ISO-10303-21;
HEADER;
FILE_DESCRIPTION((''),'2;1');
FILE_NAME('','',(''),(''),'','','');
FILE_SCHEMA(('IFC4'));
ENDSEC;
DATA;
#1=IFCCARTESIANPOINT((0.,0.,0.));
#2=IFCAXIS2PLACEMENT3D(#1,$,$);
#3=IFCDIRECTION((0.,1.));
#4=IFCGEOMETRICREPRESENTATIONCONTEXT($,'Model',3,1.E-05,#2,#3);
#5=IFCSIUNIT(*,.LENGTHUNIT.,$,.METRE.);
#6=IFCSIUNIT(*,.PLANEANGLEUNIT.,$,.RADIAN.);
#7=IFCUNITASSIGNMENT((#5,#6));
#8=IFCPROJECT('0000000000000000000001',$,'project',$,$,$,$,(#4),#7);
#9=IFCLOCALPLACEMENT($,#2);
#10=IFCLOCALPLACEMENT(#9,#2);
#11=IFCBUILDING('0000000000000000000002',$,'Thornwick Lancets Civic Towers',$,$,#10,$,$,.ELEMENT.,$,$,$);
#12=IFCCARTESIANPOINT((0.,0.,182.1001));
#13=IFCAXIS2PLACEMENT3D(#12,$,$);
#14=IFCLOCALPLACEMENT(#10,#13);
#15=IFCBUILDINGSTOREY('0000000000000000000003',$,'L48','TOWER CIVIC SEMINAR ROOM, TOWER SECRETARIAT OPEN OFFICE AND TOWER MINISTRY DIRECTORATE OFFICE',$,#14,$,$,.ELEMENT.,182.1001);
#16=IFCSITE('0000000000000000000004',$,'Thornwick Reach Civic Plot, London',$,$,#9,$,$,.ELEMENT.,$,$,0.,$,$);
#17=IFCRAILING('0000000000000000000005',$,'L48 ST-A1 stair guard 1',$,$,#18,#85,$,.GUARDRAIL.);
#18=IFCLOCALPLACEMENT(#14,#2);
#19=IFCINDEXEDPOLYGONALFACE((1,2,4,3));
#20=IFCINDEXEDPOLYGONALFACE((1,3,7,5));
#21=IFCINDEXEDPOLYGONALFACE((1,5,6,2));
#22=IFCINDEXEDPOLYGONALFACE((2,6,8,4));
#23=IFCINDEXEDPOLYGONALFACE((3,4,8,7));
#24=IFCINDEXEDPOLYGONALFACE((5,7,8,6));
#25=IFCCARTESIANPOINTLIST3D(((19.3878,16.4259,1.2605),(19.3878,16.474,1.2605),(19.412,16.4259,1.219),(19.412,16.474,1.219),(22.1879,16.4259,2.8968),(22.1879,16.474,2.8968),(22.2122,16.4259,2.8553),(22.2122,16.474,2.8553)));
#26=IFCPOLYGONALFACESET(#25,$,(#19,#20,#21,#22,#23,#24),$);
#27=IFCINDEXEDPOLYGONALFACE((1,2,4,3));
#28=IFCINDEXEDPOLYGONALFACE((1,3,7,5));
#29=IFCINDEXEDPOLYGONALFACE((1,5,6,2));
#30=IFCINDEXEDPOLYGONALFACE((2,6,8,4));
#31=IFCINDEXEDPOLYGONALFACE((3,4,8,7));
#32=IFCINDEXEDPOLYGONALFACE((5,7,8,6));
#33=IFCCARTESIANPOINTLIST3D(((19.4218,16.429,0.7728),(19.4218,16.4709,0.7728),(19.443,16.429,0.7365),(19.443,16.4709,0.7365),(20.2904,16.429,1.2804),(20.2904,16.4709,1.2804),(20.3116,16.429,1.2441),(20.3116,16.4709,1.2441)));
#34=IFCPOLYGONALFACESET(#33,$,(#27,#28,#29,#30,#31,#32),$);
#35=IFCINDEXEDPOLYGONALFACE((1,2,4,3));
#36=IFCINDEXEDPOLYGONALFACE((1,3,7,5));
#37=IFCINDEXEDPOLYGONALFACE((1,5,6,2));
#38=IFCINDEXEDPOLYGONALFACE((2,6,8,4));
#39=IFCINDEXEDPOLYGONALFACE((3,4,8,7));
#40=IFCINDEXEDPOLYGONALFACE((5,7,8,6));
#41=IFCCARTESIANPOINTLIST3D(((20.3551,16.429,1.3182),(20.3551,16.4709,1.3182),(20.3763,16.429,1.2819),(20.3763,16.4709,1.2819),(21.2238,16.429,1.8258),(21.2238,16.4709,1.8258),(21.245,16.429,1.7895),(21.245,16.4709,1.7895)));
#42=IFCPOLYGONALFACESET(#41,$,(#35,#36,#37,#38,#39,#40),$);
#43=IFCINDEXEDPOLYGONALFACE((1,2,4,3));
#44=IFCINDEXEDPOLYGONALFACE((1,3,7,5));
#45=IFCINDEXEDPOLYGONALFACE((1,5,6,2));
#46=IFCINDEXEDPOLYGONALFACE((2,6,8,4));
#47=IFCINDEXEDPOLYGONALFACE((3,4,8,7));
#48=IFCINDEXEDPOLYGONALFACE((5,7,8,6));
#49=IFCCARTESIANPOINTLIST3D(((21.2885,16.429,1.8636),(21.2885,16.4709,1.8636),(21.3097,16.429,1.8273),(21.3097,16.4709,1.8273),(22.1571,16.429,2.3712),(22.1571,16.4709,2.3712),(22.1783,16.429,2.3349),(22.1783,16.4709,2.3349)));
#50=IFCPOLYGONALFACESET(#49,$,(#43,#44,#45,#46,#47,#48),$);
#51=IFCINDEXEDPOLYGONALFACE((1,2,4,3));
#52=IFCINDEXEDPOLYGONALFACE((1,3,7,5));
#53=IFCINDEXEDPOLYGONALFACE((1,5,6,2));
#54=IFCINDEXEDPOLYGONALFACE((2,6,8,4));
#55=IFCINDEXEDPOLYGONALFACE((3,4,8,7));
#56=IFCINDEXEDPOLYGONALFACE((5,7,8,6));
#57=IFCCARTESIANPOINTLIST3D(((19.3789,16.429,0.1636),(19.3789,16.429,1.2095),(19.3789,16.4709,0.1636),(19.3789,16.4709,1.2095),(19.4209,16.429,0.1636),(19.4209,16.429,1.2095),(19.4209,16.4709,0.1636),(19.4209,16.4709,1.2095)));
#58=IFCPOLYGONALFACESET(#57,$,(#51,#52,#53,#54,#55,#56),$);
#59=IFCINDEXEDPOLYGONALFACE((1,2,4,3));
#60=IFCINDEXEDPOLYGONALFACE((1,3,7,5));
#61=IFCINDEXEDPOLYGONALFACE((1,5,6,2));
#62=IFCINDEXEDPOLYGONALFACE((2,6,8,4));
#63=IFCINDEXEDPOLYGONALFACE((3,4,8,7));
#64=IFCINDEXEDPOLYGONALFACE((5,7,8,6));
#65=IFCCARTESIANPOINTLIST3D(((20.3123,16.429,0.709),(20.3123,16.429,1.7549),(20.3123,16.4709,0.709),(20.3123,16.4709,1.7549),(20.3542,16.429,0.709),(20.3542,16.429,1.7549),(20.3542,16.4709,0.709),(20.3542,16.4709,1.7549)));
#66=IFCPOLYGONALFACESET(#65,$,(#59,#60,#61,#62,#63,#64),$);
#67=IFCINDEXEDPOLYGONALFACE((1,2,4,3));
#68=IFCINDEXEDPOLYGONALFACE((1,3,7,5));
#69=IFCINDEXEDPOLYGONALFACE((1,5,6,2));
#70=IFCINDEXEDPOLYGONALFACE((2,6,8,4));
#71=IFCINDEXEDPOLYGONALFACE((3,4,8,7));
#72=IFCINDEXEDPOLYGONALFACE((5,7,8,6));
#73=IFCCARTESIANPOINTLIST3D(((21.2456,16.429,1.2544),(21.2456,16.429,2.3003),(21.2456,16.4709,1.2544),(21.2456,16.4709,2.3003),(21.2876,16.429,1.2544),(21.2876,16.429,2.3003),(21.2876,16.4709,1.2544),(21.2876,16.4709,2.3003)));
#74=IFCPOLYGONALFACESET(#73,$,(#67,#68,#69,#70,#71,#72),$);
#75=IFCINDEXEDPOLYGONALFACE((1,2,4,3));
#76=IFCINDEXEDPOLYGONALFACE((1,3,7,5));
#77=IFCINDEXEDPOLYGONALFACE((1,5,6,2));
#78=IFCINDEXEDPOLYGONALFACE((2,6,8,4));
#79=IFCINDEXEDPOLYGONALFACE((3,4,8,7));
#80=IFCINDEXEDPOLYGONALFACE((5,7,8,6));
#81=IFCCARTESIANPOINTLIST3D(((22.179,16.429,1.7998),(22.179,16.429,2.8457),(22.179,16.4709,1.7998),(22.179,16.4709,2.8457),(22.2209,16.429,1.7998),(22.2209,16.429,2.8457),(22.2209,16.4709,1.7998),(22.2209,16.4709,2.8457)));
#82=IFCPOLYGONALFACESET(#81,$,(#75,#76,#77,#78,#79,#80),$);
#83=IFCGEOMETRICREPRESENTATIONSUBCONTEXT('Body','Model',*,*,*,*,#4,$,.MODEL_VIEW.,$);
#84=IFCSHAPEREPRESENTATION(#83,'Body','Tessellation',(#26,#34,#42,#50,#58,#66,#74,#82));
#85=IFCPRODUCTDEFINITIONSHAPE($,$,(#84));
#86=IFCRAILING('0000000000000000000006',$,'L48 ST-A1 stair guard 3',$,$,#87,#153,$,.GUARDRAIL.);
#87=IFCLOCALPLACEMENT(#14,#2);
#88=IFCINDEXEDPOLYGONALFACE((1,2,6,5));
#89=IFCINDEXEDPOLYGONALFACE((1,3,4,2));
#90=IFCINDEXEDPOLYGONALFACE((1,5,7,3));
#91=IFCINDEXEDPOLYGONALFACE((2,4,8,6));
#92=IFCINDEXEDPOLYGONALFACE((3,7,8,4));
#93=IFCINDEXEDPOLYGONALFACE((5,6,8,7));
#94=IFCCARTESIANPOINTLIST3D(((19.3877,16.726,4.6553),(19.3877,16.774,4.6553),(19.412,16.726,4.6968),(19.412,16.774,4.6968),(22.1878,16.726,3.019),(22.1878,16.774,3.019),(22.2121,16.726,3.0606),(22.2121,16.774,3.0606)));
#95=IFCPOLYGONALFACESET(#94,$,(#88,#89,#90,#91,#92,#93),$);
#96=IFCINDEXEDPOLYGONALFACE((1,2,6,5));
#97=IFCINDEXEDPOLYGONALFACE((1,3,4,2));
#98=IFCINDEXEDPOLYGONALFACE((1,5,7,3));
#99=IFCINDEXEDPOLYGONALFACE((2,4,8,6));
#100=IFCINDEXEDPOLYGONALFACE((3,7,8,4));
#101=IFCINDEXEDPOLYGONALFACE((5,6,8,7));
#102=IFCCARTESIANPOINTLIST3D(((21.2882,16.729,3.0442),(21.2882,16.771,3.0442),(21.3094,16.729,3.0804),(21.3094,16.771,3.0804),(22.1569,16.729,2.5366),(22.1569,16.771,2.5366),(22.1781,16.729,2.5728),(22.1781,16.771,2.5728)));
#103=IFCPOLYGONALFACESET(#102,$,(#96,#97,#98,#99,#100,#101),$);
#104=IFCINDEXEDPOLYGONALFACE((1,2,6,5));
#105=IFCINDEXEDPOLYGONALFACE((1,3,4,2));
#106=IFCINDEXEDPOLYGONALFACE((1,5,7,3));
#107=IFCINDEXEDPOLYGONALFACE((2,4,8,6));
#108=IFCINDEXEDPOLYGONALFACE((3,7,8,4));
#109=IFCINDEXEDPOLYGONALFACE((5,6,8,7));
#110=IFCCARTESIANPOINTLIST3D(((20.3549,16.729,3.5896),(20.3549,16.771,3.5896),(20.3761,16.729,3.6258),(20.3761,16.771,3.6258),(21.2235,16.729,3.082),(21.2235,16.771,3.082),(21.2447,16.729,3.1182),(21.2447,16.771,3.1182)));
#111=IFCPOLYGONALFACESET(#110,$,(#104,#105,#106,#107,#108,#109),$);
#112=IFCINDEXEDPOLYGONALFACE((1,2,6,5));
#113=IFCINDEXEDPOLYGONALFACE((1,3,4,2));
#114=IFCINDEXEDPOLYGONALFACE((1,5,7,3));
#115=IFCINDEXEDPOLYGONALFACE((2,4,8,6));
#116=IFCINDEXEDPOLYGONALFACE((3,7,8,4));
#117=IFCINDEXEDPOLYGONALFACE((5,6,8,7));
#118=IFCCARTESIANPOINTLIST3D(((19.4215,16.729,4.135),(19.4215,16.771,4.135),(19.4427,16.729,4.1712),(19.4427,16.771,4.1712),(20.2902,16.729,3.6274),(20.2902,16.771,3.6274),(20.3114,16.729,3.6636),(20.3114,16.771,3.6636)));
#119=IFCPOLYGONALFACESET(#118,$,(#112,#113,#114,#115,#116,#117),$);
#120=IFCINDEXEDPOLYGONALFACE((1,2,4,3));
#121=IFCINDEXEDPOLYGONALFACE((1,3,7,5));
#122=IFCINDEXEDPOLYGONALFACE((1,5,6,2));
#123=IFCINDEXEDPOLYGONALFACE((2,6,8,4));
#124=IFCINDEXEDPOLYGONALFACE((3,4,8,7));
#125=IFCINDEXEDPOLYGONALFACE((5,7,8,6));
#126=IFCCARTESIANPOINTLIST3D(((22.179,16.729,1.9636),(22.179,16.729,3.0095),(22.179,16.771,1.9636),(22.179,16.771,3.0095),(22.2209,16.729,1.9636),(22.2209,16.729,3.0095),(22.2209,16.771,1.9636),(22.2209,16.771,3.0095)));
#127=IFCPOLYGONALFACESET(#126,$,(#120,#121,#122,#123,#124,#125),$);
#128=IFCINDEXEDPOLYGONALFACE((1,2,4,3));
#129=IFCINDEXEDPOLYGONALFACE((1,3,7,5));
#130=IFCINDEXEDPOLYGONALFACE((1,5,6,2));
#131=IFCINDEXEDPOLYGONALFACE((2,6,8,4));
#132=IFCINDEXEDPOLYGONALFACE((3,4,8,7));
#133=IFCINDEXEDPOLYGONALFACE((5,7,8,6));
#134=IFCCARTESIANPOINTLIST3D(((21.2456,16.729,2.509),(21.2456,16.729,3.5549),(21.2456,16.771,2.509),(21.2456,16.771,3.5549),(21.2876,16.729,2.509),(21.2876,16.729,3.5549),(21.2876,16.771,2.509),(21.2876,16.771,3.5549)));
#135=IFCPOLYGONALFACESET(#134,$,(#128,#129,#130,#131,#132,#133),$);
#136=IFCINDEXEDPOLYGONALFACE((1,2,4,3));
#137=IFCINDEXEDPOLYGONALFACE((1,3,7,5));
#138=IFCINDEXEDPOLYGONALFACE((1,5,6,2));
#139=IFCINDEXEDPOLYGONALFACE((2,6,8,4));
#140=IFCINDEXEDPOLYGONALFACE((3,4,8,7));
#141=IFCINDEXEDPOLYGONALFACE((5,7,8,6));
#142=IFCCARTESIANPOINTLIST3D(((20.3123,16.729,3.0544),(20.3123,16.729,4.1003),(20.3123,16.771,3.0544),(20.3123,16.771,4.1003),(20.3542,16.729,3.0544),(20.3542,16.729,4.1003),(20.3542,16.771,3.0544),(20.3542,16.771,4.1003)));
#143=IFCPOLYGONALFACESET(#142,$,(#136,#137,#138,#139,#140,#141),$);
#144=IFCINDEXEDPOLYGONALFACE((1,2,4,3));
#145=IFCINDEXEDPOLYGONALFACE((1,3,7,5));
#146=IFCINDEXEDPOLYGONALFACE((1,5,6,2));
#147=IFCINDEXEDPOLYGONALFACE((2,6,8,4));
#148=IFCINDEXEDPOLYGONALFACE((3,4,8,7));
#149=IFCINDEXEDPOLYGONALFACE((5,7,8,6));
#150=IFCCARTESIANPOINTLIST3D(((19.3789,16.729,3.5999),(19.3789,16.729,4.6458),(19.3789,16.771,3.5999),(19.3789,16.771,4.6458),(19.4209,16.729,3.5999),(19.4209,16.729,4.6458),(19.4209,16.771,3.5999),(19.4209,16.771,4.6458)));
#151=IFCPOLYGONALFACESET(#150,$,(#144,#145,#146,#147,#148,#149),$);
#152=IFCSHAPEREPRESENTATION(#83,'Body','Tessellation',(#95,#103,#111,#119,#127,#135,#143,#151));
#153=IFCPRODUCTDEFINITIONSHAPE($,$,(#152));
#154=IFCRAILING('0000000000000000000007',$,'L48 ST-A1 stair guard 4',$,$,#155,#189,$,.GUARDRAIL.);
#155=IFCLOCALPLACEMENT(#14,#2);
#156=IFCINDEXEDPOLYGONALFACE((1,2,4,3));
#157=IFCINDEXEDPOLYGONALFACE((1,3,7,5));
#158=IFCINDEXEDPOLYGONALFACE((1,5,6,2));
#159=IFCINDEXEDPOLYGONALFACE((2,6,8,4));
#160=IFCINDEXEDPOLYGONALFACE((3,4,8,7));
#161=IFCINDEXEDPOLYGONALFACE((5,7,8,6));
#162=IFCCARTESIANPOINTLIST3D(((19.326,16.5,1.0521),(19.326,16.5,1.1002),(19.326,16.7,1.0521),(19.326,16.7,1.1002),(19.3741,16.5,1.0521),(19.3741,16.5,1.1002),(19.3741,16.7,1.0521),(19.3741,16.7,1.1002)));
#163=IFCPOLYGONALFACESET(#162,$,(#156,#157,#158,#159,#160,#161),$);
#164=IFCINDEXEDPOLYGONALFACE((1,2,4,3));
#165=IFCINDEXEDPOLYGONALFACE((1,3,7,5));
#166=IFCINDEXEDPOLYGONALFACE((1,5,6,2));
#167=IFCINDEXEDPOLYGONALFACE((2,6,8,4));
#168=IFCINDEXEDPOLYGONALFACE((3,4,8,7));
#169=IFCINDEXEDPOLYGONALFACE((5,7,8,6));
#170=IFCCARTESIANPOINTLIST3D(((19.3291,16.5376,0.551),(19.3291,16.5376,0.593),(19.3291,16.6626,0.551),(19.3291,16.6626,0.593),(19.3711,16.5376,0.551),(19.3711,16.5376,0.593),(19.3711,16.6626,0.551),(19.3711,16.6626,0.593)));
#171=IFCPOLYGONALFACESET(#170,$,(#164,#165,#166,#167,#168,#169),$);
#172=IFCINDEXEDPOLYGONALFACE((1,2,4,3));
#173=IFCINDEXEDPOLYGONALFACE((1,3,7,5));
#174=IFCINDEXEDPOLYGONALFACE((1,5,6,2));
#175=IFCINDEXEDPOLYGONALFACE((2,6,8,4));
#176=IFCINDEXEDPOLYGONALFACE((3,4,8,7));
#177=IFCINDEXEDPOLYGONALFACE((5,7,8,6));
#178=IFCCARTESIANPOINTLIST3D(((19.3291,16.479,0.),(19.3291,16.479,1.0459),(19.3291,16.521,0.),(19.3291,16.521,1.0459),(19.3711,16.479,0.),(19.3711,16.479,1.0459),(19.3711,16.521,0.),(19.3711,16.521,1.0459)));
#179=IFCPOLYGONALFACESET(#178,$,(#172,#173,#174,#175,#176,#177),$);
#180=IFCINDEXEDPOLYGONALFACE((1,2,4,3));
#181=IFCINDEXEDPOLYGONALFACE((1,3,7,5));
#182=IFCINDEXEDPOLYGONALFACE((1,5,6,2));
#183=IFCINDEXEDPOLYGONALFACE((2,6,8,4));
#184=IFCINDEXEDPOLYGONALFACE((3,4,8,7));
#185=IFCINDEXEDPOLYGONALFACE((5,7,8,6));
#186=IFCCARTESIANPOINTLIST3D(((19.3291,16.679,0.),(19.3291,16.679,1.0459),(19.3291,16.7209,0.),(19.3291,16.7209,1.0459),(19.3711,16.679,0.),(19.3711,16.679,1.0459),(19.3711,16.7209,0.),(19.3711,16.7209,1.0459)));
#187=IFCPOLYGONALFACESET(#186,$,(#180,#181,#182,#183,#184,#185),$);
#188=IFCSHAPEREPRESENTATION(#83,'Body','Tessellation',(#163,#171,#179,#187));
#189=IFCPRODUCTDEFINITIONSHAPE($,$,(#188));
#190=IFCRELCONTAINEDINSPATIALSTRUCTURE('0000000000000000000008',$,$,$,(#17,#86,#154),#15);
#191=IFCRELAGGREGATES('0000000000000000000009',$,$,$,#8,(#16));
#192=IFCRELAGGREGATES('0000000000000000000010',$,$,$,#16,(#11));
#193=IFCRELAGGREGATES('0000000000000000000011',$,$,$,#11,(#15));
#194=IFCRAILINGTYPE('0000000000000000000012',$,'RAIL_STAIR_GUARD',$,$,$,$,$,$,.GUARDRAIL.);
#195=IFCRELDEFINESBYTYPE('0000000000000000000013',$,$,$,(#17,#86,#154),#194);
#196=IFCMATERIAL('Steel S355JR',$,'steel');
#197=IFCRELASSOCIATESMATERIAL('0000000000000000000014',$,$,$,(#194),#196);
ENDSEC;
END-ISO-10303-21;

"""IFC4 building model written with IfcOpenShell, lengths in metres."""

from ifc_helpers import new_model, si_unit, direction, frame, origin, origin_2d, place, context, subcontext, project, spatial, rectangle, extrude, material, type_object, element, save


model = new_model("IFC4")

# Units and contexts
model_context = context("Model", 3, precision=1e-05, world=origin(), true_north=direction((0.0, 1.0)))
body_context = subcontext(model_context, "Body", "Model", "MODEL_VIEW")
ifc_project = project(units=[si_unit("LENGTHUNIT", "METRE"), si_unit("PLANEANGLEUNIT", "RADIAN")], contexts=[model_context])

# Site, building, storey
site_placement = place(None, origin())
site = spatial("IfcSite", under=ifc_project, at=site_placement, Name="Thornwick Reach Civic Plot, London", CompositionType="ELEMENT", RefElevation=0.0)
building_placement = place(site_placement, origin())
building = spatial("IfcBuilding", under=site, at=building_placement, Name="Thornwick Lancets Civic Towers", CompositionType="ELEMENT")
storey_placement = place(building_placement, frame((0.0, 0.0, 182.1001)))
storey = spatial("IfcBuildingStorey", under=building, at=storey_placement, Name="L48", Description="TOWER CIVIC SEMINAR ROOM, TOWER SECRETARIAT OPEN OFFICE AND TOWER MINISTRY DIRECTORATE OFFICE", CompositionType="ELEMENT", Elevation=182.1001)

# Shared definitions
ifc_material_1 = material(Name="Steel S355JR", Category="steel")

# Railings
railing_type_1 = type_object("IfcRailingType", Name="RAIL_STAIR_GUARD", PredefinedType="GUARDRAIL", material=ifc_material_1)
railing_1_placement = place(storey_placement, frame((19.3999, 16.45, 0.1636)))
element("IfcRailing", 1, at=railing_1_placement, inside=storey, type_object=railing_type_1, Name="L48 ST-A1 stair guard 1", PredefinedType="GUARDRAIL", context=body_context, shape_type="SweptSolid", body=[
    extrude(rectangle(XDim=0.0481, YDim=0.0481, at=origin_2d()), frame((0.0, 0.0, 1.0762), z_axis=(0.863394, 0.0, 0.504531), x_axis=(0.0, 1.0, 0.0)), (0.0, 0.0, 1.0), 3.2432),
    extrude(rectangle(XDim=0.042, YDim=0.042, at=origin_2d()), frame((0.0325, 0.0, 0.5911), z_axis=(0.863394, 0.0, 0.504531), x_axis=(0.0, 1.0, 0.0)), (0.0, 0.0, 1.0), 1.0061),
    extrude(rectangle(XDim=0.042, YDim=0.042, at=origin_2d()), frame((0.9658, 0.0, 1.1365), z_axis=(0.863394, 0.0, 0.504531), x_axis=(0.0, 1.0, 0.0)), (0.0, 0.0, 1.0), 1.0061),
    extrude(rectangle(XDim=0.042, YDim=0.042, at=origin_2d()), frame((1.8992, 0.0, 1.6819), z_axis=(0.863394, 0.0, 0.504531), x_axis=(0.0, 1.0, 0.0)), (0.0, 0.0, 1.0), 1.0061),
    extrude(rectangle(XDim=0.042, YDim=0.042, at=origin_2d()), origin(), (0.0, 0.0, 1.0), 1.0459),
    extrude(rectangle(XDim=0.042, YDim=0.042, at=origin_2d()), frame((0.9333, 0.0, 0.5454)), (0.0, 0.0, 1.0), 1.0459),
    extrude(rectangle(XDim=0.042, YDim=0.042, at=origin_2d()), frame((1.8667, 0.0, 1.0908)), (0.0, 0.0, 1.0), 1.0459),
    extrude(rectangle(XDim=0.042, YDim=0.042, at=origin_2d()), frame((2.8, 0.0, 1.6362)), (0.0, 0.0, 1.0), 1.0459),
])
railing_2_placement = place(storey_placement, frame((22.2, 16.75, 1.9636)))
element("IfcRailing", 2, at=railing_2_placement, inside=storey, type_object=railing_type_1, Name="L48 ST-A1 stair guard 3", PredefinedType="GUARDRAIL", context=body_context, shape_type="SweptSolid", body=[
    extrude(rectangle(XDim=0.0481, YDim=0.0481, at=origin_2d()), frame((0.0, 0.0, 1.0762), z_axis=(-0.863394, 0.0, 0.504531), x_axis=(0.0, -1.0, 0.0)), (0.0, 0.0, 1.0), 3.2432),
    extrude(rectangle(XDim=0.042, YDim=0.042, at=origin_2d()), frame((-0.0325, 0.0, 0.5911), z_axis=(-0.863394, 0.0, 0.504531), x_axis=(0.0, -1.0, 0.0)), (0.0, 0.0, 1.0), 1.0061),
    extrude(rectangle(XDim=0.042, YDim=0.042, at=origin_2d()), frame((-0.9658, 0.0, 1.1365), z_axis=(-0.863394, 0.0, 0.504531), x_axis=(0.0, -1.0, 0.0)), (0.0, 0.0, 1.0), 1.0061),
    extrude(rectangle(XDim=0.042, YDim=0.042, at=origin_2d()), frame((-1.8992, 0.0, 1.6819), z_axis=(-0.863394, 0.0, 0.504531), x_axis=(0.0, -1.0, 0.0)), (0.0, 0.0, 1.0), 1.0061),
    extrude(rectangle(XDim=0.042, YDim=0.042, at=origin_2d()), origin(), (0.0, 0.0, 1.0), 1.0459),
    extrude(rectangle(XDim=0.042, YDim=0.042, at=origin_2d()), frame((-0.9333, 0.0, 0.5454)), (0.0, 0.0, 1.0), 1.0459),
    extrude(rectangle(XDim=0.042, YDim=0.042, at=origin_2d()), frame((-1.8667, 0.0, 1.0908)), (0.0, 0.0, 1.0), 1.0459),
    extrude(rectangle(XDim=0.042, YDim=0.042, at=origin_2d()), frame((-2.8, 0.0, 1.6362)), (0.0, 0.0, 1.0), 1.0459),
])
railing_3_placement = place(storey_placement, frame((19.3501, 16.5, 0.0)))
element("IfcRailing", 3, at=railing_3_placement, inside=storey, type_object=railing_type_1, Name="L48 ST-A1 stair guard 4", PredefinedType="GUARDRAIL", context=body_context, shape_type="SweptSolid", body=[
    extrude(rectangle(XDim=0.0481, YDim=0.0481, at=origin_2d()), frame((0.0, 0.0, 1.0762), z_axis=(0.0, 1.0, 0.0), x_axis=(-1.0, 0.0, 0.0)), (0.0, 0.0, 1.0), 0.2),
    extrude(rectangle(XDim=0.042, YDim=0.042, at=origin_2d()), frame((0.0, 0.0376, 0.572), z_axis=(0.0, 1.0, 0.0), x_axis=(-1.0, 0.0, 0.0)), (0.0, 0.0, 1.0), 0.125),
    extrude(rectangle(XDim=0.042, YDim=0.042, at=origin_2d()), origin(), (0.0, 0.0, 1.0), 1.0459),
    extrude(rectangle(XDim=0.042, YDim=0.042, at=origin_2d()), frame((0.0, 0.2, 0.0)), (0.0, 0.0, 1.0), 1.0459),
])

save(model, "model.ifc")
